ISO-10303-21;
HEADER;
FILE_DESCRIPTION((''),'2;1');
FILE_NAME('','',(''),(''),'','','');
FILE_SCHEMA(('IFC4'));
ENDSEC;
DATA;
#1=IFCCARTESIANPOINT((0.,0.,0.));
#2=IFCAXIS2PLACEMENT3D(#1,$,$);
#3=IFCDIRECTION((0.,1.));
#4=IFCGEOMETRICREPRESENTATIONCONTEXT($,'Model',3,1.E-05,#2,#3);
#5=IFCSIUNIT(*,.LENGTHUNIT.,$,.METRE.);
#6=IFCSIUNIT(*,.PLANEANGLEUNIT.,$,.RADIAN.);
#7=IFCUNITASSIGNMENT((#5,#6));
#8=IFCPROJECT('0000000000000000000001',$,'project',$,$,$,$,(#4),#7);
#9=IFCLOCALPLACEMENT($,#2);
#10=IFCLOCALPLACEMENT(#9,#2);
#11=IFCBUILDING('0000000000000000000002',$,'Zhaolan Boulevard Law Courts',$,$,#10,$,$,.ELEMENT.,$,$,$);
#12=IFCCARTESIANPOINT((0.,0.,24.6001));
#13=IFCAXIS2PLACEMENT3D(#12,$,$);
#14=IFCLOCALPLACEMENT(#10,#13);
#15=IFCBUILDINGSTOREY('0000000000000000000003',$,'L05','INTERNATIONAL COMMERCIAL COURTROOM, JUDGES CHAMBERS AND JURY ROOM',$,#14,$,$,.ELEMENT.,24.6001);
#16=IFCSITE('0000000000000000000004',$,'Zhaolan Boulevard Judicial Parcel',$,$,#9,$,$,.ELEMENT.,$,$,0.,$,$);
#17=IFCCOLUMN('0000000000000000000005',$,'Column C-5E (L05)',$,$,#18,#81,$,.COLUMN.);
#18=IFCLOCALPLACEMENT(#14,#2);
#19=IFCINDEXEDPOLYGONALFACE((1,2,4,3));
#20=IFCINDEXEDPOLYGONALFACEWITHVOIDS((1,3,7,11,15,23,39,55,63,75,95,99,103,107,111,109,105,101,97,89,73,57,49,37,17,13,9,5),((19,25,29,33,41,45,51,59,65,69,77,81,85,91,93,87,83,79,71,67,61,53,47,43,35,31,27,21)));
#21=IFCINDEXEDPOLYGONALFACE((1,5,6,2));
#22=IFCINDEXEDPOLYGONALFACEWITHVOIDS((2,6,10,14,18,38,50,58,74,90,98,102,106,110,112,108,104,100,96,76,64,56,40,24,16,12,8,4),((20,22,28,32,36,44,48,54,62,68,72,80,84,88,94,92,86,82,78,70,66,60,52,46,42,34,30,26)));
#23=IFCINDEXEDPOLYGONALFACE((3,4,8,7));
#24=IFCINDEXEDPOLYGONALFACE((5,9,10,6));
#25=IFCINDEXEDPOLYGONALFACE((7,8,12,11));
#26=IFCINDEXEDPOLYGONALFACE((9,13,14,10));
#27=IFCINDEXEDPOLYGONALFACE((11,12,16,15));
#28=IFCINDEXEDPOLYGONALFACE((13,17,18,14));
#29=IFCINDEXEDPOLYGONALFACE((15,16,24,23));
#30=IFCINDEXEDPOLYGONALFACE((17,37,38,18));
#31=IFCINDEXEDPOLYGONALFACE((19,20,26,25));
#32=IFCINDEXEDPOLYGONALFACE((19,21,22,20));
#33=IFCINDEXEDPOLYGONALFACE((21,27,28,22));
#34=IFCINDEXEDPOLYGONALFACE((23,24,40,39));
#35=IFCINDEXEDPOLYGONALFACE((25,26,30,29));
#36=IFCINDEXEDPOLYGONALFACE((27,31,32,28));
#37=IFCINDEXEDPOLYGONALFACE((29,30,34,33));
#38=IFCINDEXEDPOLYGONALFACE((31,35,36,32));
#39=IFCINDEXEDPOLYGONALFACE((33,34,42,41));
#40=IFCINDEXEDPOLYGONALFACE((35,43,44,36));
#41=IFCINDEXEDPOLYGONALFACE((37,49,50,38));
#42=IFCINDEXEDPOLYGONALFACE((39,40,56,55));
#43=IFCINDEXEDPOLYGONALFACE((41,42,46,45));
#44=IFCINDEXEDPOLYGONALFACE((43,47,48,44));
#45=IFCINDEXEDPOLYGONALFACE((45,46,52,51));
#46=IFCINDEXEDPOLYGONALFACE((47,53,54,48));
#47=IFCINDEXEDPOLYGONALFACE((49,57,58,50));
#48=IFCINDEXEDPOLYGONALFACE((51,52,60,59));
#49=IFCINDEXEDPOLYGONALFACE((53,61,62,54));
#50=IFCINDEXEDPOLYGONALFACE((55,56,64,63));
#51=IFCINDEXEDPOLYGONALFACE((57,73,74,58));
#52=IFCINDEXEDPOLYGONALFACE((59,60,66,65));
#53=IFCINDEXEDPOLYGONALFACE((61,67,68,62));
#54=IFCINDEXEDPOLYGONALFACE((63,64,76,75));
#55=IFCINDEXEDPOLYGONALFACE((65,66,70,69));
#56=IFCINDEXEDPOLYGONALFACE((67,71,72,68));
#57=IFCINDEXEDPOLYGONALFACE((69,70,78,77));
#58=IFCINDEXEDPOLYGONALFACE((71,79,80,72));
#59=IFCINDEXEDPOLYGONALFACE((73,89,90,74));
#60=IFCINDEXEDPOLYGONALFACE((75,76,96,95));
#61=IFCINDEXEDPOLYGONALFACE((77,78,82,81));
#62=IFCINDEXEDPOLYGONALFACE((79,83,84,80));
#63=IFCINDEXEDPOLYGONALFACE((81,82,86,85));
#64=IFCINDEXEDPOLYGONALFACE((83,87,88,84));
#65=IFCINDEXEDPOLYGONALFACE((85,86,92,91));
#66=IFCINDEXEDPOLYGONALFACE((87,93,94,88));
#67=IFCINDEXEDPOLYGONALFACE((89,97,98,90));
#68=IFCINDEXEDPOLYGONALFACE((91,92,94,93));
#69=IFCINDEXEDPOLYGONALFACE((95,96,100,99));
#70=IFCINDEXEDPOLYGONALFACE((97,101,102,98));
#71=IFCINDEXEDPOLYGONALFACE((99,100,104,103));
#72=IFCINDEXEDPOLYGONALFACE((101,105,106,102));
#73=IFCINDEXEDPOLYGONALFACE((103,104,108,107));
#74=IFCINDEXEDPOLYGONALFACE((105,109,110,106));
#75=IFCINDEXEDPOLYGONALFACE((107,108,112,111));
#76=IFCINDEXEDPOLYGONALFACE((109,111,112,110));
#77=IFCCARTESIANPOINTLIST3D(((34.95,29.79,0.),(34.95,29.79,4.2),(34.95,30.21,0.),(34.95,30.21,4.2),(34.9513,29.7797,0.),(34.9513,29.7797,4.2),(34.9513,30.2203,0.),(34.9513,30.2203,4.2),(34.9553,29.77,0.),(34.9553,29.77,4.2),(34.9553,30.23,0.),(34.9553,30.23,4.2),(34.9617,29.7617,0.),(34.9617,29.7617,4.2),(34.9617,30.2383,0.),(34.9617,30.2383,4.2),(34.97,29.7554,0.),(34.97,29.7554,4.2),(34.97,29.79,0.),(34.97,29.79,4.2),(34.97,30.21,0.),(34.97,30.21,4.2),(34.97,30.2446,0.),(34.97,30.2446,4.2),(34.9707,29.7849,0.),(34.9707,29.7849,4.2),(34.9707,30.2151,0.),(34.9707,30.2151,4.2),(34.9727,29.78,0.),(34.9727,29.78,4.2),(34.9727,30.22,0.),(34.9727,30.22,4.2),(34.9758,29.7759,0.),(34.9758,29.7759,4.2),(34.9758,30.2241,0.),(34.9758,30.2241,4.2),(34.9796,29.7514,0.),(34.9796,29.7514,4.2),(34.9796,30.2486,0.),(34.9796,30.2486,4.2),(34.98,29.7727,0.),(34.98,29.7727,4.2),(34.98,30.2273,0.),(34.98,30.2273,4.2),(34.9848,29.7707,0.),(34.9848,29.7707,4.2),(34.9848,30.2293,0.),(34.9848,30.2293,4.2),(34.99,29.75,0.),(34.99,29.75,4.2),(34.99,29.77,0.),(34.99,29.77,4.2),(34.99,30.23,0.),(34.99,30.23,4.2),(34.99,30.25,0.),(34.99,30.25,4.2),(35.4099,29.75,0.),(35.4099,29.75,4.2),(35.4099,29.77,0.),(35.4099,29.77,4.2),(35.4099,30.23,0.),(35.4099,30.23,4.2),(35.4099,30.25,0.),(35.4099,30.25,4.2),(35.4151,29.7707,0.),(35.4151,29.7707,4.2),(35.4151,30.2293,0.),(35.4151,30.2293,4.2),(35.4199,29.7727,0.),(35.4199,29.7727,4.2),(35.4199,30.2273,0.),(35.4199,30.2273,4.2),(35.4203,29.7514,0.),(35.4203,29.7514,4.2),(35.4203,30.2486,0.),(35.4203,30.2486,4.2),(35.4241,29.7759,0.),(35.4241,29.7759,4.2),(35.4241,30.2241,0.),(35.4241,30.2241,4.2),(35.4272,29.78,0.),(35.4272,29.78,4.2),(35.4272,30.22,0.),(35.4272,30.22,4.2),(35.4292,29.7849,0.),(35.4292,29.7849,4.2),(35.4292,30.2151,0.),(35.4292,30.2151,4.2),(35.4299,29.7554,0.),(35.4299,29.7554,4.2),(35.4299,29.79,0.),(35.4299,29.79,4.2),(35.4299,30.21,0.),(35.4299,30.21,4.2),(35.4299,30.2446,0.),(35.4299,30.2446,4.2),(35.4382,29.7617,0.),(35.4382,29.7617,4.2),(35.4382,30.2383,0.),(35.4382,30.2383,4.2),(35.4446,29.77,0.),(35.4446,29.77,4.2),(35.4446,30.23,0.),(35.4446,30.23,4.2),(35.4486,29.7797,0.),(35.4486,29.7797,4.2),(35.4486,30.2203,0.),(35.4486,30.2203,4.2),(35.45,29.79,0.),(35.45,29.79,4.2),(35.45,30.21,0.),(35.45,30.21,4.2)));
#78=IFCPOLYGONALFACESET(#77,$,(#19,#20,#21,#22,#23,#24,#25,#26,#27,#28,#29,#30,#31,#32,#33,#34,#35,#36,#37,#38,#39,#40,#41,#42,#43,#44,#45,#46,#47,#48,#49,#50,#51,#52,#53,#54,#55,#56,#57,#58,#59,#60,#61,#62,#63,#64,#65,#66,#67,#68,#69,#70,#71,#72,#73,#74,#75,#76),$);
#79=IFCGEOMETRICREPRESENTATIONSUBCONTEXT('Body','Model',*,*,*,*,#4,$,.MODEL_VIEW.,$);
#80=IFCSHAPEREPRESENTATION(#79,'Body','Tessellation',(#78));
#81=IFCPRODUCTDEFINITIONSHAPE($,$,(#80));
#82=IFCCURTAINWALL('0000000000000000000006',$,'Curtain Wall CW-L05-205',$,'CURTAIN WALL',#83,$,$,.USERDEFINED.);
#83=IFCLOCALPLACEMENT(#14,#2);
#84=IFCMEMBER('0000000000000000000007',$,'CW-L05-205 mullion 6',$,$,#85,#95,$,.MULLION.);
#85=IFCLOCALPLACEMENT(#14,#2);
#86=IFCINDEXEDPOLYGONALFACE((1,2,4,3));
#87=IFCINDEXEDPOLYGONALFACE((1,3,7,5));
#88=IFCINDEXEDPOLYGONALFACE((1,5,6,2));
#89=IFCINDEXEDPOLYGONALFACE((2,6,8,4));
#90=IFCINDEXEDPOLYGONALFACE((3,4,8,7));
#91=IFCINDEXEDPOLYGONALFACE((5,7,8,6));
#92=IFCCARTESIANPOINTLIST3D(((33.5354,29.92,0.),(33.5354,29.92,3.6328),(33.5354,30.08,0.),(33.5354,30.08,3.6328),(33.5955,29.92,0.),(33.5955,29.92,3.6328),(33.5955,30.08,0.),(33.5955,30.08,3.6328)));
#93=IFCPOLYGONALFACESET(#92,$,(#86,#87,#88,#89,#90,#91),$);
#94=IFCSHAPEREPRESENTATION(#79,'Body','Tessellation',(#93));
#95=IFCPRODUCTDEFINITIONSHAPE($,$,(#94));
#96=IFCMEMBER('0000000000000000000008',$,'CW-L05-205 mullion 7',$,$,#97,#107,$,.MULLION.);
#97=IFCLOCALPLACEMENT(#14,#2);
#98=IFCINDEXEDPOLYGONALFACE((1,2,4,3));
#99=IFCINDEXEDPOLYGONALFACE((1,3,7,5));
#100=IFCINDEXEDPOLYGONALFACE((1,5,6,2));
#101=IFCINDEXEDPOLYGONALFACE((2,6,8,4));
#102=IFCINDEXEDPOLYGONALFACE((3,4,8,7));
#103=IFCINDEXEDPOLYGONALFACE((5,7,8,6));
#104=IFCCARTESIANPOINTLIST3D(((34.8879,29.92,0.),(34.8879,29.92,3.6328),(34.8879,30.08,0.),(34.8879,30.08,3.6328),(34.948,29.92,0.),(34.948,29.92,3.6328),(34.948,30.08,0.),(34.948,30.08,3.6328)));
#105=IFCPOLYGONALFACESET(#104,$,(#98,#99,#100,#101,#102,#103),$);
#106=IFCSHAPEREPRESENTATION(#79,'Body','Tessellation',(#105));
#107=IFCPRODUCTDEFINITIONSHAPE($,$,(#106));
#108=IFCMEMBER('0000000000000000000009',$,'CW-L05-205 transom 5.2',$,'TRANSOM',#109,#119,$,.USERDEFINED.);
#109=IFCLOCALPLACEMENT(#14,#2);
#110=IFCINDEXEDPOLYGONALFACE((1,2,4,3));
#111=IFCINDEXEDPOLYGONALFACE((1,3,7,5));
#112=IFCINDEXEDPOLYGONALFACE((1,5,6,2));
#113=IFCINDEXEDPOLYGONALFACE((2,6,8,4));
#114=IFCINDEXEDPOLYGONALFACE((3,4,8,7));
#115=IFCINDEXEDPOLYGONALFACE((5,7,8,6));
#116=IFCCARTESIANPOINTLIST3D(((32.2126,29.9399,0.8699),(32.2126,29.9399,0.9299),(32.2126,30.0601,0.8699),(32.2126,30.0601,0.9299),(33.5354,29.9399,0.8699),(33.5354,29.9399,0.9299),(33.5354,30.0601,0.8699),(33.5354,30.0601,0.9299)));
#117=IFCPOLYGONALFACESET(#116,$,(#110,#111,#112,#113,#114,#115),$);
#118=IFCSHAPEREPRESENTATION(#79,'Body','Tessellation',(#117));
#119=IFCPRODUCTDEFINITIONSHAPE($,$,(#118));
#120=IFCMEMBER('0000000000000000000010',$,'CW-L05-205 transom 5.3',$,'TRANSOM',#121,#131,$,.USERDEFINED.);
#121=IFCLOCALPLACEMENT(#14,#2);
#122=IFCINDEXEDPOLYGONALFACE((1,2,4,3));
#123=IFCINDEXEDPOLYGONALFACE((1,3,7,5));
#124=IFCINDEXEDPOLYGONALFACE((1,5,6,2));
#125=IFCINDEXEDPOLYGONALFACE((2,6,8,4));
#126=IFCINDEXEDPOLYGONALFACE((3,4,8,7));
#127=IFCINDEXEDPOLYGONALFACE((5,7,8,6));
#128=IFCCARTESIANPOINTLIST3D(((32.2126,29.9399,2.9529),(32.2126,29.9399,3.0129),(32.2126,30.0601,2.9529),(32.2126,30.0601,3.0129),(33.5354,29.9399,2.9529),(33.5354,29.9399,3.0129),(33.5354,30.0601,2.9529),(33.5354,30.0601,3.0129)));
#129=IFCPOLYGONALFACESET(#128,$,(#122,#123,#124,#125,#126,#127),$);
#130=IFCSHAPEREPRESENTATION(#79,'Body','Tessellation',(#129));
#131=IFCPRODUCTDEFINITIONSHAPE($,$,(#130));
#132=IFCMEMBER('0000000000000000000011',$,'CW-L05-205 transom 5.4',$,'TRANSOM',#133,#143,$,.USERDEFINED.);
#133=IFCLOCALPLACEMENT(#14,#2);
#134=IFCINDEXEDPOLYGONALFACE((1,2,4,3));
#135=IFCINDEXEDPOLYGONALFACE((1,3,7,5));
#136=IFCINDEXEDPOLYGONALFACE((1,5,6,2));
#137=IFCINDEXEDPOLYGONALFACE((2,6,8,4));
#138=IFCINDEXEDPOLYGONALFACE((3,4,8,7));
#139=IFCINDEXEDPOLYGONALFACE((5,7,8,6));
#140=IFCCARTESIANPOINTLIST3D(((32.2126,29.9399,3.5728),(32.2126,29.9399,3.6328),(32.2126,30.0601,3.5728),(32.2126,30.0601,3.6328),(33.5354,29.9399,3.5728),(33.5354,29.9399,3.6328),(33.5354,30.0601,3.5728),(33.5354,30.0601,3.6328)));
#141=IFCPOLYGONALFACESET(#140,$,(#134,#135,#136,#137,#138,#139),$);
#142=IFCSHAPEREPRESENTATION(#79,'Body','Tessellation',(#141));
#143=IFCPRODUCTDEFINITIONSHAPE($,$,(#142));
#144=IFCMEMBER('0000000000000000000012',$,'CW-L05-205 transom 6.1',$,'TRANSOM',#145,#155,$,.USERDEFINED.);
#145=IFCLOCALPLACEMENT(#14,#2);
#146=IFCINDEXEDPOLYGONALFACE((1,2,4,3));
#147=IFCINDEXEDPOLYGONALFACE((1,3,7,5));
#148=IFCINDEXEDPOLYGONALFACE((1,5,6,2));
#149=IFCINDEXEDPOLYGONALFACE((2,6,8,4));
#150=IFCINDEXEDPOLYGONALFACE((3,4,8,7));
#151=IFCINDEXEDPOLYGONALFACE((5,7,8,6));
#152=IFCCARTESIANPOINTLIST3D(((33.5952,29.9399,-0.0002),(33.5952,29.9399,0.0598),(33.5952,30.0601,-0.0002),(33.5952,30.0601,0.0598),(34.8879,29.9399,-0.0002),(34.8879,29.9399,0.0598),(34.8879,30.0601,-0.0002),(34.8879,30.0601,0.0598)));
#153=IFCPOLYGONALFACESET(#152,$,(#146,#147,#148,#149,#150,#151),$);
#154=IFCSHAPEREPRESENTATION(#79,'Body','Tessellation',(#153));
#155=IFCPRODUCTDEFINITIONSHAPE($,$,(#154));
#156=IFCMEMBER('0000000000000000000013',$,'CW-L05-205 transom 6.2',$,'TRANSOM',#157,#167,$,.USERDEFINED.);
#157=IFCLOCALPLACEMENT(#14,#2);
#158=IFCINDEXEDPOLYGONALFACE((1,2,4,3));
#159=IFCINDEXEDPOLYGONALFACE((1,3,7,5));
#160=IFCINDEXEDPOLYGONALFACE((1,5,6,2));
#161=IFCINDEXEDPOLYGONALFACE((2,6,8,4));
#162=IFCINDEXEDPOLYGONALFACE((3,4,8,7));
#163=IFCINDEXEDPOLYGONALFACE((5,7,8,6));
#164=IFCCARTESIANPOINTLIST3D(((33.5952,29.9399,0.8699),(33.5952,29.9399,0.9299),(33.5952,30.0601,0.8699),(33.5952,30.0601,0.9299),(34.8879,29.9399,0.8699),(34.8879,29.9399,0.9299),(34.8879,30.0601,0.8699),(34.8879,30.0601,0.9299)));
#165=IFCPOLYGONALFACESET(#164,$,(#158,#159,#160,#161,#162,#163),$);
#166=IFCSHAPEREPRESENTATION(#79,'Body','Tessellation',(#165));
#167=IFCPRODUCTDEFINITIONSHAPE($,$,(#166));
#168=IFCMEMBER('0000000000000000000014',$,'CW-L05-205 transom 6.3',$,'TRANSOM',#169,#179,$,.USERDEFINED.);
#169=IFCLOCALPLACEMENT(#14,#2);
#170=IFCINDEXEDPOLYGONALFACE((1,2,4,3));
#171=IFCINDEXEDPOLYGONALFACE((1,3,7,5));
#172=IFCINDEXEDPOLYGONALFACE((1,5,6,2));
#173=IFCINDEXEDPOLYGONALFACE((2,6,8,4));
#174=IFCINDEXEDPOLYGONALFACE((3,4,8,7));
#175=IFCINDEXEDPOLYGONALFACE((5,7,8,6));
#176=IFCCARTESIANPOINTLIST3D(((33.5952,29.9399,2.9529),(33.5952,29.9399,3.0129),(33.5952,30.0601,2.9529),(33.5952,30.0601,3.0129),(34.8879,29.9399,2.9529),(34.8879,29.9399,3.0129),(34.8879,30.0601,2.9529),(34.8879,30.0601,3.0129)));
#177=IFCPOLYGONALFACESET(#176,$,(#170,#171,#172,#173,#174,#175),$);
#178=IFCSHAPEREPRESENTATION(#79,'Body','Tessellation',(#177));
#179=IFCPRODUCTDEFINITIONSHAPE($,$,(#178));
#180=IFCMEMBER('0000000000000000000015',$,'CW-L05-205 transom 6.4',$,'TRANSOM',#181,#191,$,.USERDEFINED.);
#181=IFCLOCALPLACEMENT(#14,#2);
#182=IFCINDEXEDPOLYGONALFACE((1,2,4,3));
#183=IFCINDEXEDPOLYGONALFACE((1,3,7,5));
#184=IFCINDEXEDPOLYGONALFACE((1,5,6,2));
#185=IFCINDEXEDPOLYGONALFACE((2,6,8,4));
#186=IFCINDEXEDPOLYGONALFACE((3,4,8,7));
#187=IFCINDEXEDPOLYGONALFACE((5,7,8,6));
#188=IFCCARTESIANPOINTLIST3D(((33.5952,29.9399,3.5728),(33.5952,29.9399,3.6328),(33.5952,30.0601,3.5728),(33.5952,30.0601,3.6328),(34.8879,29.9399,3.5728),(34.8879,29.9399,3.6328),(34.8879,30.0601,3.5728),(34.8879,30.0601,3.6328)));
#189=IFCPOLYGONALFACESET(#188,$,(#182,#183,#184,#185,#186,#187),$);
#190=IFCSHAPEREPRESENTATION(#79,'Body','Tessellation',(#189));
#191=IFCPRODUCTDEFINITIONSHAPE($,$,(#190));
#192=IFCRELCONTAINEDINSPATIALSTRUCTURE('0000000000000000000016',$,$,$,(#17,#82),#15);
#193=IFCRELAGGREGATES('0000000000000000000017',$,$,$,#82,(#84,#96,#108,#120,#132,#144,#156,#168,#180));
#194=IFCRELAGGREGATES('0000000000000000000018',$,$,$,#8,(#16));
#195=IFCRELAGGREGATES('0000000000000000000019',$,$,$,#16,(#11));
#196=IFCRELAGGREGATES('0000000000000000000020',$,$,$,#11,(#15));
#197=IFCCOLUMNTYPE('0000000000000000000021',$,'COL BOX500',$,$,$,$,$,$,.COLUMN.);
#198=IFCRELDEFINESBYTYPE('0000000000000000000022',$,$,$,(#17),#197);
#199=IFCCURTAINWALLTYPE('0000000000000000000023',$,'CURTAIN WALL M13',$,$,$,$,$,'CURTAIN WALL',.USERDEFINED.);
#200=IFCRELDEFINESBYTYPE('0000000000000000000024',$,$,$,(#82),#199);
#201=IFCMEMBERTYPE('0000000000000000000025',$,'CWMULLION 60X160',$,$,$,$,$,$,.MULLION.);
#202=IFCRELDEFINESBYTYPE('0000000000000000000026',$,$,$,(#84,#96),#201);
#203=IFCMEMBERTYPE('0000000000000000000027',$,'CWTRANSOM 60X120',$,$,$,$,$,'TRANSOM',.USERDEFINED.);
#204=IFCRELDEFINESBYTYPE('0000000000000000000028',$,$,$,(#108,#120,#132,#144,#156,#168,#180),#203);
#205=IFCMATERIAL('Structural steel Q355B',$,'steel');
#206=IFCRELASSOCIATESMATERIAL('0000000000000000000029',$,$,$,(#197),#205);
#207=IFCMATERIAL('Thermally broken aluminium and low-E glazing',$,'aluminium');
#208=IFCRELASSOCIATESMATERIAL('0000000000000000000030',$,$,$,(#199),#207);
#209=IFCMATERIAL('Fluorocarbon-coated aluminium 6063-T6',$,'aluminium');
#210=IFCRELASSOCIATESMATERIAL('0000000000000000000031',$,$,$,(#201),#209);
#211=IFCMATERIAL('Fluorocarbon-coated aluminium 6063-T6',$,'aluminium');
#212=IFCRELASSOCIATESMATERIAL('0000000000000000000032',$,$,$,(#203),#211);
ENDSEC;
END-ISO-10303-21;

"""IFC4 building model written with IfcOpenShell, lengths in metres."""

from ifc_helpers import new_model, si_unit, direction, frame, origin, origin_2d, place, context, subcontext, project, spatial, rectangle, hollow_rectangle, extrude, material, material_profile, profile_set, type_object, element, aggregate, save


model = new_model("IFC4")

# Units and contexts
model_context = context("Model", 3, precision=1e-05, world=origin(), true_north=direction((0.0, 1.0)))
body_context = subcontext(model_context, "Body", "Model", "MODEL_VIEW")
ifc_project = project(units=[si_unit("LENGTHUNIT", "METRE"), si_unit("PLANEANGLEUNIT", "RADIAN")], contexts=[model_context])

# Site, building, storey
site_placement = place(None, origin())
site = spatial("IfcSite", under=ifc_project, at=site_placement, Name="Zhaolan Boulevard Judicial Parcel", CompositionType="ELEMENT", RefElevation=0.0)
building_placement = place(site_placement, origin())
building = spatial("IfcBuilding", under=site, at=building_placement, Name="Zhaolan Boulevard Law Courts", CompositionType="ELEMENT")
storey_placement = place(building_placement, frame((0.0, 0.0, 24.6001)))
storey = spatial("IfcBuildingStorey", under=building, at=storey_placement, Name="L05", Description="INTERNATIONAL COMMERCIAL COURTROOM, JUDGES CHAMBERS AND JURY ROOM", CompositionType="ELEMENT", Elevation=24.6001)

# Column
ifc_material_1 = material(Name="Structural steel Q355B", Category="steel")
ifc_material_profile_1 = material_profile(ifc_material_1, hollow_rectangle(XDim=0.5, YDim=0.5, WallThickness=0.02, InnerFilletRadius=0.02, OuterFilletRadius=0.04, at=origin_2d()), Name="BOX500x500x20")
ifc_profile_set_1 = profile_set([ifc_material_profile_1], Name="Structural steel Q355B")
column_type = type_object("IfcColumnType", Name="COL BOX500", PredefinedType="COLUMN", material=ifc_profile_set_1)
column_placement = place(storey_placement, frame((35.2, 30.0, 0.0), z_axis=(0.0, 0.0, 1.0), x_axis=(1.0, 0.0, 0.0)))
element("IfcColumn", 1, at=column_placement, inside=storey, type_object=column_type, Name="Column C-5E (L05)", PredefinedType="COLUMN", context=body_context, shape_type="SweptSolid", body=[
    extrude(hollow_rectangle(XDim=0.5, YDim=0.5, WallThickness=0.02, InnerFilletRadius=0.02, OuterFilletRadius=0.04, at=origin_2d()), origin(), (0.0, 0.0, 1.0), 4.2),
])

# Curtain wall, members
ifc_material_2 = material(Name="Thermally broken aluminium and low-E glazing", Category="aluminium")
curtain_wall_type = type_object("IfcCurtainWallType", Name="CURTAIN WALL M13", ElementType="CURTAIN WALL", PredefinedType="USERDEFINED", material=ifc_material_2)
curtain_wall_placement = place(storey_placement, origin())
curtain_wall = element("IfcCurtainWall", 2, at=curtain_wall_placement, inside=storey, type_object=curtain_wall_type, Name="Curtain Wall CW-L05-205", ObjectType="CURTAIN WALL", PredefinedType="USERDEFINED")
ifc_material_3 = material(Name="Fluorocarbon-coated aluminium 6063-T6", Category="aluminium")
ifc_material_profile_2 = material_profile(ifc_material_3, rectangle(XDim=0.1599, YDim=0.0601, at=origin_2d()), Name="AL60x160")
ifc_profile_set_2 = profile_set([ifc_material_profile_2], Name="Fluorocarbon-coated aluminium 6063-T6")
member_type_1 = type_object("IfcMemberType", Name="CWMULLION 60X160", PredefinedType="MULLION", material=ifc_profile_set_2)
member_1_placement = place(storey_placement, frame((33.5654, 30.0, 0.0), z_axis=(0.0, 0.0, 1.0), x_axis=(0.0, 1.0, 0.0)))
member_1 = element("IfcMember", 3, at=member_1_placement, type_object=member_type_1, Name="CW-L05-205 mullion 6", PredefinedType="MULLION", context=body_context, shape_type="SweptSolid", body=[
    extrude(rectangle(XDim=0.1599, YDim=0.0601, at=origin_2d()), origin(), (0.0, 0.0, 1.0), 3.6328),
])
member_2_placement = place(storey_placement, frame((34.918, 30.0, 0.0), z_axis=(0.0, 0.0, 1.0), x_axis=(0.0, 1.0, 0.0)))
member_2 = element("IfcMember", 4, at=member_2_placement, type_object=member_type_1, Name="CW-L05-205 mullion 7", PredefinedType="MULLION", context=body_context, shape_type="SweptSolid", body=[
    extrude(rectangle(XDim=0.1599, YDim=0.0601, at=origin_2d()), origin(), (0.0, 0.0, 1.0), 3.6328),
])
ifc_material_4 = material(Name="Fluorocarbon-coated aluminium 6063-T6", Category="aluminium")
ifc_material_profile_3 = material_profile(ifc_material_4, rectangle(XDim=0.1201, YDim=0.0601, at=origin_2d()), Name="AL60x120")
ifc_profile_set_3 = profile_set([ifc_material_profile_3], Name="Fluorocarbon-coated aluminium 6063-T6")
member_type_2 = type_object("IfcMemberType", Name="CWTRANSOM 60X120", ElementType="TRANSOM", PredefinedType="USERDEFINED", material=ifc_profile_set_3)
member_3_placement = place(storey_placement, frame((32.2126, 30.0, 0.8999), z_axis=(1.0, 0.0, 0.0), x_axis=(0.0, 1.0, 0.0)))
member_3 = element("IfcMember", 5, at=member_3_placement, type_object=member_type_2, Name="CW-L05-205 transom 5.2", ObjectType="TRANSOM", PredefinedType="USERDEFINED", context=body_context, shape_type="SweptSolid", body=[
    extrude(rectangle(XDim=0.1201, YDim=0.0601, at=origin_2d()), origin(), (0.0, 0.0, 1.0), 1.3228),
])
member_4_placement = place(storey_placement, frame((32.2126, 30.0, 2.9829), z_axis=(1.0, 0.0, 0.0), x_axis=(0.0, 1.0, 0.0)))
member_4 = element("IfcMember", 6, at=member_4_placement, type_object=member_type_2, Name="CW-L05-205 transom 5.3", ObjectType="TRANSOM", PredefinedType="USERDEFINED", context=body_context, shape_type="SweptSolid", body=[
    extrude(rectangle(XDim=0.1201, YDim=0.0601, at=origin_2d()), origin(), (0.0, 0.0, 1.0), 1.3228),
])
member_5_placement = place(storey_placement, frame((32.2126, 30.0, 3.6028), z_axis=(1.0, 0.0, 0.0), x_axis=(0.0, 1.0, 0.0)))
member_5 = element("IfcMember", 7, at=member_5_placement, type_object=member_type_2, Name="CW-L05-205 transom 5.4", ObjectType="TRANSOM", PredefinedType="USERDEFINED", context=body_context, shape_type="SweptSolid", body=[
    extrude(rectangle(XDim=0.1201, YDim=0.0601, at=origin_2d()), origin(), (0.0, 0.0, 1.0), 1.3228),
])
member_6_placement = place(storey_placement, frame((33.5952, 30.0, 0.0298), z_axis=(1.0, 0.0, 0.0), x_axis=(0.0, 1.0, 0.0)))
member_6 = element("IfcMember", 8, at=member_6_placement, type_object=member_type_2, Name="CW-L05-205 transom 6.1", ObjectType="TRANSOM", PredefinedType="USERDEFINED", context=body_context, shape_type="SweptSolid", body=[
    extrude(rectangle(XDim=0.1201, YDim=0.0601, at=origin_2d()), origin(), (0.0, 0.0, 1.0), 1.2927),
])
member_7_placement = place(storey_placement, frame((33.5952, 30.0, 0.8999), z_axis=(1.0, 0.0, 0.0), x_axis=(0.0, 1.0, 0.0)))
member_7 = element("IfcMember", 9, at=member_7_placement, type_object=member_type_2, Name="CW-L05-205 transom 6.2", ObjectType="TRANSOM", PredefinedType="USERDEFINED", context=body_context, shape_type="SweptSolid", body=[
    extrude(rectangle(XDim=0.1201, YDim=0.0601, at=origin_2d()), origin(), (0.0, 0.0, 1.0), 1.2927),
])
member_8_placement = place(storey_placement, frame((33.5952, 30.0, 2.9829), z_axis=(1.0, 0.0, 0.0), x_axis=(0.0, 1.0, 0.0)))
member_8 = element("IfcMember", 10, at=member_8_placement, type_object=member_type_2, Name="CW-L05-205 transom 6.3", ObjectType="TRANSOM", PredefinedType="USERDEFINED", context=body_context, shape_type="SweptSolid", body=[
    extrude(rectangle(XDim=0.1201, YDim=0.0601, at=origin_2d()), origin(), (0.0, 0.0, 1.0), 1.2927),
])
member_9_placement = place(storey_placement, frame((33.5952, 30.0, 3.6028), z_axis=(1.0, 0.0, 0.0), x_axis=(0.0, 1.0, 0.0)))
member_9 = element("IfcMember", 11, at=member_9_placement, type_object=member_type_2, Name="CW-L05-205 transom 6.4", ObjectType="TRANSOM", PredefinedType="USERDEFINED", context=body_context, shape_type="SweptSolid", body=[
    extrude(rectangle(XDim=0.1201, YDim=0.0601, at=origin_2d()), origin(), (0.0, 0.0, 1.0), 1.2927),
])

aggregate(curtain_wall, [member_1, member_2, member_3, member_4, member_5, member_6, member_7, member_8, member_9])

save(model, "model.ifc")
